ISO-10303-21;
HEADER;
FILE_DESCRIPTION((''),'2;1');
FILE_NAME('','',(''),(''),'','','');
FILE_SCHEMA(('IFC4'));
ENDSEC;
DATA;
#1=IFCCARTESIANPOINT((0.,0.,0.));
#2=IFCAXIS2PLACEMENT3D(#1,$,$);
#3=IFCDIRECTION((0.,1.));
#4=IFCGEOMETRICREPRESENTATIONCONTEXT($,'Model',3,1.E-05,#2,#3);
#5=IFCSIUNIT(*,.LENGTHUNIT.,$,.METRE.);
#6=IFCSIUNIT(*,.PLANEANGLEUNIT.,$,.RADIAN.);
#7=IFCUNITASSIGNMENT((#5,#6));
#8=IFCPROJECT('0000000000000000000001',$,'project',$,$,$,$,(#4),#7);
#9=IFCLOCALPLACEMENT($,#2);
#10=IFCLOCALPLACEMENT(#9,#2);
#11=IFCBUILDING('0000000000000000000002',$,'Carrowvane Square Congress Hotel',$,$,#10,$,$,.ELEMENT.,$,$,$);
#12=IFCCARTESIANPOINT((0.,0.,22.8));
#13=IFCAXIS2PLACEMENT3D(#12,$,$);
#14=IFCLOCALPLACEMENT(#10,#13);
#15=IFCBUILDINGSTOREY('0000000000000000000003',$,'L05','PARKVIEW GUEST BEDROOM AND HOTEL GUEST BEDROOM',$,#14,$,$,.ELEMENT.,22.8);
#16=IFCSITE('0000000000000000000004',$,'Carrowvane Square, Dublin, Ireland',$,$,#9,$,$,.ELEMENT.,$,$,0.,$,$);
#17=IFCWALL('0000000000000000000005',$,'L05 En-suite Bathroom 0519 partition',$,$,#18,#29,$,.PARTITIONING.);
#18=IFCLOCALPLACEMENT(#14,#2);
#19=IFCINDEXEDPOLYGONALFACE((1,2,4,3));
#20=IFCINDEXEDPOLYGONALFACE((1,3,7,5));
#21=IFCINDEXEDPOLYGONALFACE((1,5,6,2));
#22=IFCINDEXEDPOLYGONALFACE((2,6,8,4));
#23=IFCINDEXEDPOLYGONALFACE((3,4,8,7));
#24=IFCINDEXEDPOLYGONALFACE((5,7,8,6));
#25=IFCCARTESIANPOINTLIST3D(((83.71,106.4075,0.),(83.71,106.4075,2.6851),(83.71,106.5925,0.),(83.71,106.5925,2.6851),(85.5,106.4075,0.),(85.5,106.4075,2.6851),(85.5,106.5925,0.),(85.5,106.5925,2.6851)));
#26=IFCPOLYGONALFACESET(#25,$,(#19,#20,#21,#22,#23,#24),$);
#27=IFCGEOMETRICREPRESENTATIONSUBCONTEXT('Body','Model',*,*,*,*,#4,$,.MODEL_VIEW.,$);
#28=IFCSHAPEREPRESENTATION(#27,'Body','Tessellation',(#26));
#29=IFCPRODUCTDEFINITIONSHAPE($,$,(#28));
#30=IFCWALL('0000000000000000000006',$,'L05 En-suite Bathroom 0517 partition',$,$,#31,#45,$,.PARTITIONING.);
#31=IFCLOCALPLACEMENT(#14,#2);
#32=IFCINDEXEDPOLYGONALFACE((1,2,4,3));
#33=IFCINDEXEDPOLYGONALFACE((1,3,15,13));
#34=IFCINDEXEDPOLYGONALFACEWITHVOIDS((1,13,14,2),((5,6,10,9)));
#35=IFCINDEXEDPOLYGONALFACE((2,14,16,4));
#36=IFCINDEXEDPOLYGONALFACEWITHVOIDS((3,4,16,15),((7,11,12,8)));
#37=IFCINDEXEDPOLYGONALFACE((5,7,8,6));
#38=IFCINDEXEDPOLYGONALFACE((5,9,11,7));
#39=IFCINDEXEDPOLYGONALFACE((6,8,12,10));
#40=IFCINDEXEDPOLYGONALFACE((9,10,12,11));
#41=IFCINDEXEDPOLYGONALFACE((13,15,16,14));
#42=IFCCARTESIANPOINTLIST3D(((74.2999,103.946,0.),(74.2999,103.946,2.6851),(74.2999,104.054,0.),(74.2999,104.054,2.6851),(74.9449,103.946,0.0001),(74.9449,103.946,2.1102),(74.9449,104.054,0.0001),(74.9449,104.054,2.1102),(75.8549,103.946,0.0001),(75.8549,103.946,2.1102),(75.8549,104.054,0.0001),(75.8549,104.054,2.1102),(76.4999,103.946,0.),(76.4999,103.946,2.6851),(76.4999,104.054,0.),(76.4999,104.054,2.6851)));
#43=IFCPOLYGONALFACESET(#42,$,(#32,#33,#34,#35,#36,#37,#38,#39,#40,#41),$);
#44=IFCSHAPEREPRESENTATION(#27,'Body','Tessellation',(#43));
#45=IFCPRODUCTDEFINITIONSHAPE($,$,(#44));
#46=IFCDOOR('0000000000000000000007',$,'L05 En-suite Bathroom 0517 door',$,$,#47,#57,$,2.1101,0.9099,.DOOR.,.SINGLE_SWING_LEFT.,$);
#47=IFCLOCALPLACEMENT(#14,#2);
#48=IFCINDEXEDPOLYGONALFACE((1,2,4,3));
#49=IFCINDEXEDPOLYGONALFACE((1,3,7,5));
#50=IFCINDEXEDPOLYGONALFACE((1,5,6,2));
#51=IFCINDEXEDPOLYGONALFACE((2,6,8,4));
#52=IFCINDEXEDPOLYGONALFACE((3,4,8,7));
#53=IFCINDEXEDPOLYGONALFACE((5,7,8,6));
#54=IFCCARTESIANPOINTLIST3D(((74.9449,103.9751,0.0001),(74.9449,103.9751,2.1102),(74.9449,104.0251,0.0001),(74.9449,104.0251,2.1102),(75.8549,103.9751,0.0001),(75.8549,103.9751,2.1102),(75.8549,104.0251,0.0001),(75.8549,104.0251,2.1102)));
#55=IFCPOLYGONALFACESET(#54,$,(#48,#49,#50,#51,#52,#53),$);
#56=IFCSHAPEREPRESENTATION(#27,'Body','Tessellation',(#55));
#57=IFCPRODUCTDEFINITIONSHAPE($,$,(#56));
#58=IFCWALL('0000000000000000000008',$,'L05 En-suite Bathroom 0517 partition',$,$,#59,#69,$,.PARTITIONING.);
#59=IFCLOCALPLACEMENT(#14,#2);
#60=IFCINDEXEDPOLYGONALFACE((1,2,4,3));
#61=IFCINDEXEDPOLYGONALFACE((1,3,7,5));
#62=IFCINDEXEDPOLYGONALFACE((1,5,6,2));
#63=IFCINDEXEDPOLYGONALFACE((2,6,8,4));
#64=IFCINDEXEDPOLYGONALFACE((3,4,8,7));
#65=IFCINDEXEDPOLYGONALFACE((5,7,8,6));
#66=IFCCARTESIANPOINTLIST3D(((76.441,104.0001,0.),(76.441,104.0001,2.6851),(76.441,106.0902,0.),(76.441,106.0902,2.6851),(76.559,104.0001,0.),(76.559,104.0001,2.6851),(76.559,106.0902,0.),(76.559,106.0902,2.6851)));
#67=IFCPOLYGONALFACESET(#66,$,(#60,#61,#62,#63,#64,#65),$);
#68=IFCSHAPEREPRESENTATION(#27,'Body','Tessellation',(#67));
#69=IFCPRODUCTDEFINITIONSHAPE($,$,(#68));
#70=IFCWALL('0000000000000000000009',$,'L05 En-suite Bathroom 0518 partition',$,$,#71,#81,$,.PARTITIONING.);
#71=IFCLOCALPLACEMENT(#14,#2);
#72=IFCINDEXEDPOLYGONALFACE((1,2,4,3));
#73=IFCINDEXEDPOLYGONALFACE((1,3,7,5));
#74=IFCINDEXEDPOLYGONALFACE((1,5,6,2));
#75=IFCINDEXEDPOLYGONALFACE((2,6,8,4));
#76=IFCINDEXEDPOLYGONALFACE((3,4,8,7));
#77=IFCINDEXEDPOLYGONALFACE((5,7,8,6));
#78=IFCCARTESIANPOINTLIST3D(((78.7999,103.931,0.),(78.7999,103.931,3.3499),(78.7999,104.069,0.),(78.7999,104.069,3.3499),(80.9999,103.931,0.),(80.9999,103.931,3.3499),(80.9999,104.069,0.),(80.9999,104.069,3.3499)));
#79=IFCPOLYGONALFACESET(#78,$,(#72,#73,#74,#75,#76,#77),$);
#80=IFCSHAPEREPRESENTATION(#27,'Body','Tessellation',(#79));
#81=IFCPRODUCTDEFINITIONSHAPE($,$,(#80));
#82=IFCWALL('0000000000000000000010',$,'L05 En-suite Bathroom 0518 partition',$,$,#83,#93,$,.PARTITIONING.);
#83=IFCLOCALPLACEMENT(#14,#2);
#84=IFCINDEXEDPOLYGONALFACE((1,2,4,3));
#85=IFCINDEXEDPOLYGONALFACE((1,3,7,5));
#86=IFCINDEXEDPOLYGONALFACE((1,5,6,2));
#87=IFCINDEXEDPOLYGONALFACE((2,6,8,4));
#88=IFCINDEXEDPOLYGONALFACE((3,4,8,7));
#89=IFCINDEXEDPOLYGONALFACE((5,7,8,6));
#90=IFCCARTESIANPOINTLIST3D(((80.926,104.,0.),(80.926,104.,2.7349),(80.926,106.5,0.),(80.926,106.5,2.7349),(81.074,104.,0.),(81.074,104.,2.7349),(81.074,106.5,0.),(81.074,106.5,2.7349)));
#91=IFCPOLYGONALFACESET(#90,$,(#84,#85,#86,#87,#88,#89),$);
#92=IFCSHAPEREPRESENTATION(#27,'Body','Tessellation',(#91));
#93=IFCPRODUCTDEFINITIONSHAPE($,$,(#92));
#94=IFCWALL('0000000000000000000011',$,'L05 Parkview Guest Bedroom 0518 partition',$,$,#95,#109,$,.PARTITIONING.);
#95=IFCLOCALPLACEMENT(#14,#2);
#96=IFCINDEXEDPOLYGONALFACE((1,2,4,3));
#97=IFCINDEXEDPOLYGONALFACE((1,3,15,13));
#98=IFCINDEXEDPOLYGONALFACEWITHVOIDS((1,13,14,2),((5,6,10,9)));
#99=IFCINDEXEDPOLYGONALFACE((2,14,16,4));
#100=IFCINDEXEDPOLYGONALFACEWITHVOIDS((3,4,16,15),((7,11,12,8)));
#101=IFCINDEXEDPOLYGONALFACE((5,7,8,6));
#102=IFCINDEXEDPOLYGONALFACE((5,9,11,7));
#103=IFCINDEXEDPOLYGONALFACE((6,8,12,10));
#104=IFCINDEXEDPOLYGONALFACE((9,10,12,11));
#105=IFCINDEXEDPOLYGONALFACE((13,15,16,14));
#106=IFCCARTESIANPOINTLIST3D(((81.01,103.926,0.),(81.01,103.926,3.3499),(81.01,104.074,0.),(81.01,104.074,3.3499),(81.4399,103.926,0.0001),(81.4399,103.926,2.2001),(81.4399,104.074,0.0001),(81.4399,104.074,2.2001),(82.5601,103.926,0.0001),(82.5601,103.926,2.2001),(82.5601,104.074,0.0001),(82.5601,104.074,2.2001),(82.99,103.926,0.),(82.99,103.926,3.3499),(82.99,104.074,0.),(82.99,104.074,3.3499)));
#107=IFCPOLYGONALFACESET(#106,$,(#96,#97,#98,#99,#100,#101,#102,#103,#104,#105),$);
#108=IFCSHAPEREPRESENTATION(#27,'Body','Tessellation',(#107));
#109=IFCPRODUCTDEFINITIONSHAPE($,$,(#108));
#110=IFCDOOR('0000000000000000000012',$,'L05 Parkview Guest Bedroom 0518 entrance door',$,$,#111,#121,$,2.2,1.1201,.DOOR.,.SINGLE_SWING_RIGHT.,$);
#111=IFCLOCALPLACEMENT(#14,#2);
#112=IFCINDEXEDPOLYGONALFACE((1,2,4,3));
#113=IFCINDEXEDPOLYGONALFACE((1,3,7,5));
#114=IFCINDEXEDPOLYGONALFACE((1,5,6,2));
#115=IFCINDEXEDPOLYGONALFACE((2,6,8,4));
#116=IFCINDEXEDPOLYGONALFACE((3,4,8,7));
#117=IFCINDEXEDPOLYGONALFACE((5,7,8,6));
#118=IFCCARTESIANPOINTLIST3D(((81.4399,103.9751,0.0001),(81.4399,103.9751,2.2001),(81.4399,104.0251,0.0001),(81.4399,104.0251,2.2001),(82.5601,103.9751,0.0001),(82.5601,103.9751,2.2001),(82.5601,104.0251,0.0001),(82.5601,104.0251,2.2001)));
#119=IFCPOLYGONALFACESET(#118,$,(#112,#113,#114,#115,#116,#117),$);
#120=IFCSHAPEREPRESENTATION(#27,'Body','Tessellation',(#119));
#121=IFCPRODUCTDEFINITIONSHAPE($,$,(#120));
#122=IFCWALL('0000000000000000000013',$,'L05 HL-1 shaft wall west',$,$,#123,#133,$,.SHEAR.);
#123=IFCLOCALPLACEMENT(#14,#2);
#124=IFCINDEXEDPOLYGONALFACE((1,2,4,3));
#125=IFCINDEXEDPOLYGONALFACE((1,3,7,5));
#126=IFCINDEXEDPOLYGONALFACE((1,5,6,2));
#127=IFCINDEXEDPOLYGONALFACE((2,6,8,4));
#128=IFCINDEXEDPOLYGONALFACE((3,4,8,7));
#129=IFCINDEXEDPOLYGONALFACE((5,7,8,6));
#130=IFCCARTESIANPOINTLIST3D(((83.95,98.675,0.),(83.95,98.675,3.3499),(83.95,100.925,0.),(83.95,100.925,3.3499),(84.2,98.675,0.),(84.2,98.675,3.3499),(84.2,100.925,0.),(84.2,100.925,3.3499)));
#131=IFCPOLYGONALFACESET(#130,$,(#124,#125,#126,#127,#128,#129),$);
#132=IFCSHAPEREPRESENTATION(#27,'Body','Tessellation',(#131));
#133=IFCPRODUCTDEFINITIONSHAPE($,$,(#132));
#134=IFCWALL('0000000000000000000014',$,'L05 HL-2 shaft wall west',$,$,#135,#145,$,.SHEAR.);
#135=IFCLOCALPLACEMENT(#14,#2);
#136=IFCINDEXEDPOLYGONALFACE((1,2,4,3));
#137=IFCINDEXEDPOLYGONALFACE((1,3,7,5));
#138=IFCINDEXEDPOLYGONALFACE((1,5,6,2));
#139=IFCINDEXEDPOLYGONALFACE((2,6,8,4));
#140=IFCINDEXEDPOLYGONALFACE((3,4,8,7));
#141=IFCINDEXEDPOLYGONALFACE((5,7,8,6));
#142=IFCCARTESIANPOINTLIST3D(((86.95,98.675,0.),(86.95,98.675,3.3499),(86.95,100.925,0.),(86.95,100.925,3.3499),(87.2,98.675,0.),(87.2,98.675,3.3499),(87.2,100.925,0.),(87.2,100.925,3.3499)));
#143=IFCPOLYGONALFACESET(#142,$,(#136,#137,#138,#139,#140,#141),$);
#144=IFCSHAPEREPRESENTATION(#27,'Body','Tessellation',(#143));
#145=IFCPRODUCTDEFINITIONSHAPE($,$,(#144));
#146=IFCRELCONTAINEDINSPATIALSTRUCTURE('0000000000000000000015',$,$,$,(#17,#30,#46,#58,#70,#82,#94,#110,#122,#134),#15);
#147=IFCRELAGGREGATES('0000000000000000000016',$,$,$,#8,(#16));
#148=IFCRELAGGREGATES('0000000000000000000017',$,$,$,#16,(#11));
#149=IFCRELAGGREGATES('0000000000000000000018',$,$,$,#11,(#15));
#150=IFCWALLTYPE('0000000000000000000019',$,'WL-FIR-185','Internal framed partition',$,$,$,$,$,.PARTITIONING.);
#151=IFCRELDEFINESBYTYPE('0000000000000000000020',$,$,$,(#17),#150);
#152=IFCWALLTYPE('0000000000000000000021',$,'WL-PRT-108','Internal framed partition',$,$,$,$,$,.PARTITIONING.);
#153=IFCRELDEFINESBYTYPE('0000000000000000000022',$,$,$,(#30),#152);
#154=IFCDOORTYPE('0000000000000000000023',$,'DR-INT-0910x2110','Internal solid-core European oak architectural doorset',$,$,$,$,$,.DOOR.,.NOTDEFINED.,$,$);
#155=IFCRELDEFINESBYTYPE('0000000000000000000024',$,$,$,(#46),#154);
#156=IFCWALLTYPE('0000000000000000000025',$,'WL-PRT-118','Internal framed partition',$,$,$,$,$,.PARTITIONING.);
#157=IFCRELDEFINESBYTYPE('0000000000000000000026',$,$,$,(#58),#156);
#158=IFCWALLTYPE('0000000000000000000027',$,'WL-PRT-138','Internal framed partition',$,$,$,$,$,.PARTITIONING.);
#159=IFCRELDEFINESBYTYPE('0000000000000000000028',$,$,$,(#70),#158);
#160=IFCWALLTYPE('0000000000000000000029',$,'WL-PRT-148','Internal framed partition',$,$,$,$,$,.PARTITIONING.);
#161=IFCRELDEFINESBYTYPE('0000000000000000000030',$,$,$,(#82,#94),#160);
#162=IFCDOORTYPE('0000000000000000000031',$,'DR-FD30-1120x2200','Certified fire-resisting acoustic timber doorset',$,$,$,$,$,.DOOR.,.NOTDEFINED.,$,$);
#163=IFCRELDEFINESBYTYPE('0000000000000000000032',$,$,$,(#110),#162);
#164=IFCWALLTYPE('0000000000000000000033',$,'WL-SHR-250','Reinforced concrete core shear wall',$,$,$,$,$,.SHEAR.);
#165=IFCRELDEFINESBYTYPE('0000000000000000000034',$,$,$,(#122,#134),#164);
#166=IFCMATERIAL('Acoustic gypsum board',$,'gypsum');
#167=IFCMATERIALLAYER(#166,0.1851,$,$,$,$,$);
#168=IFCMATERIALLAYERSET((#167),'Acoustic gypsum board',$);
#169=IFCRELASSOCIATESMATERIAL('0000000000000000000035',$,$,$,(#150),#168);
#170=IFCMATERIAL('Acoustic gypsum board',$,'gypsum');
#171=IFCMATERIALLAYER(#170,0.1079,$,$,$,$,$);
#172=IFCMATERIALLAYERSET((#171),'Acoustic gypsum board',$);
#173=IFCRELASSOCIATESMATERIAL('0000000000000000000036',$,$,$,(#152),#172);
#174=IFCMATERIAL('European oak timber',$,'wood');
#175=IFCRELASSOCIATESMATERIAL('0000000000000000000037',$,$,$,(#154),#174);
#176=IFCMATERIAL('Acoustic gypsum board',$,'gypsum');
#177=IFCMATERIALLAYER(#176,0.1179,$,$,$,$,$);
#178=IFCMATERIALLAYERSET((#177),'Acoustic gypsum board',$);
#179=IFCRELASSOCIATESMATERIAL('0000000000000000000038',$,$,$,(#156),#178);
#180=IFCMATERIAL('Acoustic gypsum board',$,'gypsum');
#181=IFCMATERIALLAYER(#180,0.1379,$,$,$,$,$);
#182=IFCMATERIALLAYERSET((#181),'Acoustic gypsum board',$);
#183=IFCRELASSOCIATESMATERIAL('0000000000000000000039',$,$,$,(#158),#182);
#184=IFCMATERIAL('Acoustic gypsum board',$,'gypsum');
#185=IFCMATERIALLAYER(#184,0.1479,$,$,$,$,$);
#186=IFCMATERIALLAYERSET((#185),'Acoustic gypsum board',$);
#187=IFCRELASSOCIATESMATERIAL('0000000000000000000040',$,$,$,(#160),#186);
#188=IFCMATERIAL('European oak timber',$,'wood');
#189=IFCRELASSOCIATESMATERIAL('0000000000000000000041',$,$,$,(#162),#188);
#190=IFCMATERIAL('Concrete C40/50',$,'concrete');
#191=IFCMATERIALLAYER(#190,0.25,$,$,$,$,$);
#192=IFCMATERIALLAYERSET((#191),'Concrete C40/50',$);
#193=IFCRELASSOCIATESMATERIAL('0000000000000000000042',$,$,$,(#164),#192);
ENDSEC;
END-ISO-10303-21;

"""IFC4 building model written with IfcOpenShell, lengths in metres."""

from ifc_helpers import new_model, si_unit, direction, frame, frame_2d, origin, place, context, subcontext, project, spatial, rectangle, extrude, material, layer, layer_set, type_object, element, fill, save


model = new_model("IFC4")

# Units and contexts
model_context = context("Model", 3, precision=1e-05, world=origin(), true_north=direction((0.0, 1.0)))
body_context = subcontext(model_context, "Body", "Model", "MODEL_VIEW")
ifc_project = project(units=[si_unit("LENGTHUNIT", "METRE"), si_unit("PLANEANGLEUNIT", "RADIAN")], contexts=[model_context])

# Site, building, storey
site_placement = place(None, origin())
site = spatial("IfcSite", under=ifc_project, at=site_placement, Name="Carrowvane Square, Dublin, Ireland", CompositionType="ELEMENT", RefElevation=0.0)
building_placement = place(site_placement, origin())
building = spatial("IfcBuilding", under=site, at=building_placement, Name="Carrowvane Square Congress Hotel", CompositionType="ELEMENT")
storey_placement = place(building_placement, frame((0.0, 0.0, 22.8)))
storey = spatial("IfcBuildingStorey", under=building, at=storey_placement, Name="L05", Description="PARKVIEW GUEST BEDROOM AND HOTEL GUEST BEDROOM", CompositionType="ELEMENT", Elevation=22.8)

# Wall
ifc_material_1 = material(Name="Acoustic gypsum board", Category="gypsum")
ifc_layer_1 = layer(ifc_material_1, 0.1851)
ifc_layer_set_1 = layer_set([ifc_layer_1], Name="Acoustic gypsum board")
wall_type_1 = type_object("IfcWallType", Name="WL-FIR-185", Description="Internal framed partition", PredefinedType="PARTITIONING", material=ifc_layer_set_1)
wall_1_placement = place(storey_placement, frame((83.71, 106.5, 0.0), z_axis=(0.0, 0.0, 1.0), x_axis=(1.0, 0.0, 0.0)))
element("IfcWall", 1, at=wall_1_placement, inside=storey, type_object=wall_type_1, Name="L05 En-suite Bathroom 0519 partition", PredefinedType="PARTITIONING", context=body_context, shape_type="SweptSolid", body=[
    extrude(rectangle(XDim=1.79, YDim=0.1851, at=frame_2d((0.895, 0.0))), origin(), (0.0, 0.0, 1.0), 2.6851),
])

# Wall, opening, door
ifc_material_2 = material(Name="Acoustic gypsum board", Category="gypsum")
ifc_layer_2 = layer(ifc_material_2, 0.1079)
ifc_layer_set_2 = layer_set([ifc_layer_2], Name="Acoustic gypsum board")
wall_type_2 = type_object("IfcWallType", Name="WL-PRT-108", Description="Internal framed partition", PredefinedType="PARTITIONING", material=ifc_layer_set_2)
wall_2_placement = place(storey_placement, frame((76.5, 104.0, 0.0), z_axis=(0.0, 0.0, 1.0), x_axis=(-1.0, 0.0, 0.0)))
wall_2 = element("IfcWall", 2, at=wall_2_placement, inside=storey, type_object=wall_type_2, Name="L05 En-suite Bathroom 0517 partition", PredefinedType="PARTITIONING", context=body_context, shape_type="SweptSolid", body=[
    extrude(rectangle(XDim=2.2, YDim=0.1079, at=frame_2d((1.1001, 0.0))), origin(), (0.0, 0.0, 1.0), 2.6851),
])
opening_1_placement = place(wall_2_placement, frame((0.645, 0.0, 0.0)))
opening_1 = element("IfcOpeningElement", 3, at=opening_1_placement, cuts=wall_2, PredefinedType="OPENING", context=body_context, shape_type="SweptSolid", body=[
    extrude(rectangle(XDim=0.9099, YDim=2.1101, at=frame_2d((0.4551, 1.0552))), frame((0.0, 0.064, 0.0), z_axis=(0.0, -1.0, 0.0), x_axis=(1.0, 0.0, 0.0)), (0.0, 0.0, 1.0), 0.1279),
])
ifc_material_3 = material(Name="European oak timber", Category="wood")
door_type_1 = type_object("IfcDoorType", Name="DR-INT-0910x2110", Description="Internal solid-core European oak architectural doorset", OperationType="NOTDEFINED", PredefinedType="DOOR", material=ifc_material_3)
door_1_placement = place(opening_1_placement, origin())
door_1 = element("IfcDoor", 4, at=door_1_placement, inside=storey, type_object=door_type_1, Name="L05 En-suite Bathroom 0517 door", OperationType="SINGLE_SWING_LEFT", OverallHeight=2.1101, OverallWidth=0.9099, PredefinedType="DOOR", context=body_context, shape_type="SweptSolid", body=[
    extrude(rectangle(XDim=0.9099, YDim=2.1101, at=frame_2d((0.4551, 1.0552))), frame((0.0, 0.0249, 0.0), z_axis=(0.0, -1.0, 0.0), x_axis=(1.0, 0.0, 0.0)), (0.0, 0.0, 1.0), 0.05),
])
fill(opening_1, door_1)

# Walls
ifc_material_4 = material(Name="Acoustic gypsum board", Category="gypsum")
ifc_layer_3 = layer(ifc_material_4, 0.1179)
ifc_layer_set_3 = layer_set([ifc_layer_3], Name="Acoustic gypsum board")
wall_type_3 = type_object("IfcWallType", Name="WL-PRT-118", Description="Internal framed partition", PredefinedType="PARTITIONING", material=ifc_layer_set_3)
wall_3_placement = place(storey_placement, frame((76.5, 106.0901, 0.0), z_axis=(0.0, 0.0, 1.0), x_axis=(0.0, -1.0, 0.0)))
element("IfcWall", 5, at=wall_3_placement, inside=storey, type_object=wall_type_3, Name="L05 En-suite Bathroom 0517 partition", PredefinedType="PARTITIONING", context=body_context, shape_type="SweptSolid", body=[
    extrude(rectangle(XDim=2.0901, YDim=0.1179, at=frame_2d((1.0449, 0.0))), origin(), (0.0, 0.0, 1.0), 2.6851),
])
ifc_material_5 = material(Name="Acoustic gypsum board", Category="gypsum")
ifc_layer_4 = layer(ifc_material_5, 0.1379)
ifc_layer_set_4 = layer_set([ifc_layer_4], Name="Acoustic gypsum board")
wall_type_4 = type_object("IfcWallType", Name="WL-PRT-138", Description="Internal framed partition", PredefinedType="PARTITIONING", material=ifc_layer_set_4)
wall_4_placement = place(storey_placement, frame((81.0, 104.0, 0.0), z_axis=(0.0, 0.0, 1.0), x_axis=(-1.0, 0.0, 0.0)))
element("IfcWall", 6, at=wall_4_placement, inside=storey, type_object=wall_type_4, Name="L05 En-suite Bathroom 0518 partition", PredefinedType="PARTITIONING", context=body_context, shape_type="SweptSolid", body=[
    extrude(rectangle(XDim=2.2, YDim=0.1379, at=frame_2d((1.1001, 0.0))), origin(), (0.0, 0.0, 1.0), 3.3499),
])
ifc_material_6 = material(Name="Acoustic gypsum board", Category="gypsum")
ifc_layer_5 = layer(ifc_material_6, 0.1479)
ifc_layer_set_5 = layer_set([ifc_layer_5], Name="Acoustic gypsum board")
wall_type_5 = type_object("IfcWallType", Name="WL-PRT-148", Description="Internal framed partition", PredefinedType="PARTITIONING", material=ifc_layer_set_5)
wall_5_placement = place(storey_placement, frame((81.0, 106.5, 0.0), z_axis=(0.0, 0.0, 1.0), x_axis=(0.0, -1.0, 0.0)))
element("IfcWall", 7, at=wall_5_placement, inside=storey, type_object=wall_type_5, Name="L05 En-suite Bathroom 0518 partition", PredefinedType="PARTITIONING", context=body_context, shape_type="SweptSolid", body=[
    extrude(rectangle(XDim=2.5, YDim=0.1479, at=frame_2d((1.25, 0.0))), origin(), (0.0, 0.0, 1.0), 2.7349),
])

# Wall, opening, door
wall_6_placement = place(storey_placement, frame((82.99, 104.0, 0.0), z_axis=(0.0, 0.0, 1.0), x_axis=(-1.0, 0.0, 0.0)))
wall_6 = element("IfcWall", 8, at=wall_6_placement, inside=storey, type_object=wall_type_5, Name="L05 Parkview Guest Bedroom 0518 partition", PredefinedType="PARTITIONING", context=body_context, shape_type="SweptSolid", body=[
    extrude(rectangle(XDim=1.98, YDim=0.1479, at=frame_2d((0.99, 0.0))), origin(), (0.0, 0.0, 1.0), 3.3499),
])
opening_2_placement = place(wall_6_placement, frame((0.4299, 0.0, 0.0)))
opening_2 = element("IfcOpeningElement", 9, at=opening_2_placement, cuts=wall_6, PredefinedType="OPENING", context=body_context, shape_type="SweptSolid", body=[
    extrude(rectangle(XDim=1.1201, YDim=2.2, at=frame_2d((0.5601, 1.1001))), frame((0.0, 0.084, 0.0), z_axis=(0.0, -1.0, 0.0), x_axis=(1.0, 0.0, 0.0)), (0.0, 0.0, 1.0), 0.168),
])
ifc_material_7 = material(Name="European oak timber", Category="wood")
door_type_2 = type_object("IfcDoorType", Name="DR-FD30-1120x2200", Description="Certified fire-resisting acoustic timber doorset", OperationType="NOTDEFINED", PredefinedType="DOOR", material=ifc_material_7)
door_2_placement = place(opening_2_placement, origin())
door_2 = element("IfcDoor", 10, at=door_2_placement, inside=storey, type_object=door_type_2, Name="L05 Parkview Guest Bedroom 0518 entrance door", OperationType="SINGLE_SWING_RIGHT", OverallHeight=2.2, OverallWidth=1.1201, PredefinedType="DOOR", context=body_context, shape_type="SweptSolid", body=[
    extrude(rectangle(XDim=1.1201, YDim=2.2, at=frame_2d((0.5601, 1.1001))), frame((0.0, 0.0249, 0.0), z_axis=(0.0, -1.0, 0.0), x_axis=(1.0, 0.0, 0.0)), (0.0, 0.0, 1.0), 0.05),
])
fill(opening_2, door_2)
ifc_material_8 = material(Name="Concrete C40/50", Category="concrete")
ifc_layer_6 = layer(ifc_material_8, 0.25)
ifc_layer_set_6 = layer_set([ifc_layer_6], Name="Concrete C40/50")
wall_type_6 = type_object("IfcWallType", Name="WL-SHR-250", Description="Reinforced concrete core shear wall", PredefinedType="SHEAR", material=ifc_layer_set_6)

# Walls
for number, where, z_axis, x_axis, name in (
    (11, (84.075, 100.925, 0.0), (0.0, 0.0, 1.0), (0.0, -1.0, 0.0), "L05 HL-1 shaft wall west"),
    (12, (87.075, 100.925, 0.0), (0.0, 0.0, 1.0), (0.0, -1.0, 0.0), "L05 HL-2 shaft wall west"),
):
    element("IfcWall", number, at=place(storey_placement, frame(where, z_axis=z_axis, x_axis=x_axis)), inside=storey, type_object=wall_type_6, Name=name, PredefinedType="SHEAR", context=body_context, shape_type="SweptSolid", body=[
        extrude(rectangle(XDim=2.25, YDim=0.25, at=frame_2d((1.125, 0.0))), origin(), (0.0, 0.0, 1.0), 3.3499),
    ])

save(model, "model.ifc")
